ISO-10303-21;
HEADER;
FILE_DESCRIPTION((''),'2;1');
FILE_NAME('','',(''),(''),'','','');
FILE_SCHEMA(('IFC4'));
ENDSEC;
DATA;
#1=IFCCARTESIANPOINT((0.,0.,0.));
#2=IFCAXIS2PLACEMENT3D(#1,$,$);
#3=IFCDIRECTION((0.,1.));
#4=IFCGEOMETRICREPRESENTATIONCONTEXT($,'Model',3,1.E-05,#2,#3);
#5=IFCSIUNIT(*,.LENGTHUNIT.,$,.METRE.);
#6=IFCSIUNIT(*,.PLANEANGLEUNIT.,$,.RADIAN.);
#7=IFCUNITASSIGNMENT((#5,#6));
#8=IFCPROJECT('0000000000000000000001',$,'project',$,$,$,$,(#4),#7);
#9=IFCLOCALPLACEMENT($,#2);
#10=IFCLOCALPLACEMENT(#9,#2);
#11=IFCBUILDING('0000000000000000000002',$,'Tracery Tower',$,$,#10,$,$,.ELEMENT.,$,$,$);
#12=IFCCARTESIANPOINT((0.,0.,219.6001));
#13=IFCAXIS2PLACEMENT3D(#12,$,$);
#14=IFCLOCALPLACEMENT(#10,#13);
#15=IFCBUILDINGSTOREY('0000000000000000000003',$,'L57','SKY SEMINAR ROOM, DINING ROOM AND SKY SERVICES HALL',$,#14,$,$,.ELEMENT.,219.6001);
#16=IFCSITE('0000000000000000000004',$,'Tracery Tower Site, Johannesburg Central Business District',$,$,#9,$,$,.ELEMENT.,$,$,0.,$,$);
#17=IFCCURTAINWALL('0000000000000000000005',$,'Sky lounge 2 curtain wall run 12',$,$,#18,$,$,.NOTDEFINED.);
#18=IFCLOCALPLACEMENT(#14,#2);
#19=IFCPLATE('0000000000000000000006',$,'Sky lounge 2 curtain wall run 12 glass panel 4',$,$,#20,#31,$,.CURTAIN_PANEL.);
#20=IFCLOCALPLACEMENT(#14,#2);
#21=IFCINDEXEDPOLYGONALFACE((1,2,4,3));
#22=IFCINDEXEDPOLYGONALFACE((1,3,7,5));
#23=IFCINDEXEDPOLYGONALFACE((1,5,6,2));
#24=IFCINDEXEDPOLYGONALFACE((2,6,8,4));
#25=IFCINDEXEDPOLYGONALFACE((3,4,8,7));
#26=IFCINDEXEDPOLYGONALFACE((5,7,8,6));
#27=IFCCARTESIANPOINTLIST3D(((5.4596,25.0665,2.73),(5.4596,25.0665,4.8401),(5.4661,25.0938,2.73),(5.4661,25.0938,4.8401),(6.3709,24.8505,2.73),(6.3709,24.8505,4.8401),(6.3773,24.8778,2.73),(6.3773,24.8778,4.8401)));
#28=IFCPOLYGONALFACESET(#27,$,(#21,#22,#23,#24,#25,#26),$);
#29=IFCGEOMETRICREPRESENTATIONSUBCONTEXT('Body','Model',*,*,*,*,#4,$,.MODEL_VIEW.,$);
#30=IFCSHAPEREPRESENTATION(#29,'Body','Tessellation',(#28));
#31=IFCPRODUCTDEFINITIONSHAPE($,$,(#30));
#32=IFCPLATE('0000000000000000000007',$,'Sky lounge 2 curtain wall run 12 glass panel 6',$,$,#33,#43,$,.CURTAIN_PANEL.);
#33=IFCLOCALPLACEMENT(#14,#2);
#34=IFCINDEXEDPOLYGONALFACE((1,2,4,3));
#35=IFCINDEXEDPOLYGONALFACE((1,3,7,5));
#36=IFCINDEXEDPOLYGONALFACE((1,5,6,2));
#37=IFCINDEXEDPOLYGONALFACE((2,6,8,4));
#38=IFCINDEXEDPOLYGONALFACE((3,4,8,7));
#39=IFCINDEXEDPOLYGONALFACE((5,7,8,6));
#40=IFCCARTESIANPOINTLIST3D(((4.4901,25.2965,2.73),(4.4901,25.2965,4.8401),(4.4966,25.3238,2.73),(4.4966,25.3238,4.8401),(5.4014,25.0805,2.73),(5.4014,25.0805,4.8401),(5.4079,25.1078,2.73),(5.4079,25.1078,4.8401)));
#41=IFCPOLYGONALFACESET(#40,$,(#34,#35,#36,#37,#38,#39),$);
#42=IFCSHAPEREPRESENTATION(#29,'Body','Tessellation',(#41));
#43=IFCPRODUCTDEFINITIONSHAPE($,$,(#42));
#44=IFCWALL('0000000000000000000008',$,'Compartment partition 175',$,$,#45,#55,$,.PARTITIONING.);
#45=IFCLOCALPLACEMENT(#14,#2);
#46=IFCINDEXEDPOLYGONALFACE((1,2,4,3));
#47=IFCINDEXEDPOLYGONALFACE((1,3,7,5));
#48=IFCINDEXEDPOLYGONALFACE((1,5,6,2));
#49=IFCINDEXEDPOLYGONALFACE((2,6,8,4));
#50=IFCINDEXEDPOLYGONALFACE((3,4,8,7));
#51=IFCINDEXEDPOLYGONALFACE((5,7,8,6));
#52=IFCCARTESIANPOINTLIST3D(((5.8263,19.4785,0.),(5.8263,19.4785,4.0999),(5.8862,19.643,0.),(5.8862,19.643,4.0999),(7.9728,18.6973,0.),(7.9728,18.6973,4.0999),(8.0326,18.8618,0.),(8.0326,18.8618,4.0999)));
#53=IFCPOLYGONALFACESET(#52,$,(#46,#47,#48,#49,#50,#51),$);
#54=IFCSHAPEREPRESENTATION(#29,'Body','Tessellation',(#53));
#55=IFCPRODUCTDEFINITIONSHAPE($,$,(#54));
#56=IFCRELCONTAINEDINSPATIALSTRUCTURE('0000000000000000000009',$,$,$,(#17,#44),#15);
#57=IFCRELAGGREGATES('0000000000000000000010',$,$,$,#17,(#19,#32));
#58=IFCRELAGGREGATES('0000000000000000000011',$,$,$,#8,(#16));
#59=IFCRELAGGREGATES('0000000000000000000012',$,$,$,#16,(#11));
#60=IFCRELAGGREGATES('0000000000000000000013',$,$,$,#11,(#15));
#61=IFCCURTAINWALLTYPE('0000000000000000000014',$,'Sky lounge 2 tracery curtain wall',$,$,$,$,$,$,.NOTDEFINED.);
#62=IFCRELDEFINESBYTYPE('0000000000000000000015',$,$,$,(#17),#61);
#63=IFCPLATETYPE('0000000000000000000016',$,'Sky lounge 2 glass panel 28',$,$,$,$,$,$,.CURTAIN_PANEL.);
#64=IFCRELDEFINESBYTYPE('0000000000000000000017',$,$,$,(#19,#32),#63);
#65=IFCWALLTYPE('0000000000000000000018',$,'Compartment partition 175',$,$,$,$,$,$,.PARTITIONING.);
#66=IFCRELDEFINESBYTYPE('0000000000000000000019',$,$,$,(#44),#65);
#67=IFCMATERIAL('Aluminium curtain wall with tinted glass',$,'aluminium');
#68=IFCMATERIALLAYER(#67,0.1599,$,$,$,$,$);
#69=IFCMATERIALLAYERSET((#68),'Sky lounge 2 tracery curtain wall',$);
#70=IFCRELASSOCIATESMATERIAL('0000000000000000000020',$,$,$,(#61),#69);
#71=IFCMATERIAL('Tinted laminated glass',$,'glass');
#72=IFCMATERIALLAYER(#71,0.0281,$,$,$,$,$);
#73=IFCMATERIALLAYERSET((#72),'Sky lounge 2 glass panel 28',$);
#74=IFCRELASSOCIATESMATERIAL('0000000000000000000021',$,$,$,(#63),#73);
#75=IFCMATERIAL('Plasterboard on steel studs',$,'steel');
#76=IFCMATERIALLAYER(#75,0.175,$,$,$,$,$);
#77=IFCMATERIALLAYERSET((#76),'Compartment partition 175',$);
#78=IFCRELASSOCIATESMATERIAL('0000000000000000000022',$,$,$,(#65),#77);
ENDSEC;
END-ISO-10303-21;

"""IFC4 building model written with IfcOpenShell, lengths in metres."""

from ifc_helpers import new_model, si_unit, direction, frame, frame_2d, origin, origin_2d, place, context, subcontext, project, spatial, rectangle, extrude, material, layer, layer_set, type_object, element, aggregate, save


model = new_model("IFC4")

# Units and contexts
model_context = context("Model", 3, precision=1e-05, world=origin(), true_north=direction((0.0, 1.0)))
body_context = subcontext(model_context, "Body", "Model", "MODEL_VIEW")
ifc_project = project(units=[si_unit("LENGTHUNIT", "METRE"), si_unit("PLANEANGLEUNIT", "RADIAN")], contexts=[model_context])

# Site, building, storey
site_placement = place(None, origin())
site = spatial("IfcSite", under=ifc_project, at=site_placement, Name="Tracery Tower Site, Johannesburg Central Business District", CompositionType="ELEMENT", RefElevation=0.0)
building_placement = place(site_placement, origin())
building = spatial("IfcBuilding", under=site, at=building_placement, Name="Tracery Tower", CompositionType="ELEMENT")
storey_placement = place(building_placement, frame((0.0, 0.0, 219.6001)))
storey = spatial("IfcBuildingStorey", under=building, at=storey_placement, Name="L57", Description="SKY SEMINAR ROOM, DINING ROOM AND SKY SERVICES HALL", CompositionType="ELEMENT", Elevation=219.6001)

# Curtain wall
ifc_material_1 = material(Name="Aluminium curtain wall with tinted glass", Category="aluminium")
ifc_layer_1 = layer(ifc_material_1, 0.1599)
ifc_layer_set_1 = layer_set([ifc_layer_1], Name="Sky lounge 2 tracery curtain wall")
curtain_wall_type = type_object("IfcCurtainWallType", Name="Sky lounge 2 tracery curtain wall", PredefinedType="NOTDEFINED", material=ifc_layer_set_1)
curtain_wall_1_placement = place(storey_placement, origin())
curtain_wall_1 = element("IfcCurtainWall", 1, at=curtain_wall_1_placement, inside=storey, type_object=curtain_wall_type, Name="Sky lounge 2 curtain wall run 12", PredefinedType="NOTDEFINED")

# Plates
ifc_material_2 = material(Name="Tinted laminated glass", Category="glass")
ifc_layer_2 = layer(ifc_material_2, 0.0281)
ifc_layer_set_2 = layer_set([ifc_layer_2], Name="Sky lounge 2 glass panel 28")
plate_type = type_object("IfcPlateType", Name="Sky lounge 2 glass panel 28", PredefinedType="CURTAIN_PANEL", material=ifc_layer_set_2)
plate_1_placement = place(storey_placement, frame((5.9185, 24.9722, 2.73), z_axis=(0.0, 0.0, 1.0), x_axis=(-0.973045, 0.230616, 0.0)))
plate_1 = element("IfcPlate", 2, at=plate_1_placement, type_object=plate_type, Name="Sky lounge 2 curtain wall run 12 glass panel 4", PredefinedType="CURTAIN_PANEL", context=body_context, shape_type="SweptSolid", body=[
    extrude(rectangle(XDim=0.9365, YDim=0.0281, at=origin_2d()), origin(), (0.0, 0.0, 1.0), 2.1101),
])
plate_2_placement = place(storey_placement, frame((4.949, 25.2021, 2.73), z_axis=(0.0, 0.0, 1.0), x_axis=(-0.973045, 0.230616, 0.0)))
plate_2 = element("IfcPlate", 3, at=plate_2_placement, type_object=plate_type, Name="Sky lounge 2 curtain wall run 12 glass panel 6", PredefinedType="CURTAIN_PANEL", context=body_context, shape_type="SweptSolid", body=[
    extrude(rectangle(XDim=0.9365, YDim=0.0281, at=origin_2d()), origin(), (0.0, 0.0, 1.0), 2.1101),
])
aggregate(curtain_wall_1, [plate_1, plate_2])

# Wall
ifc_material_3 = material(Name="Plasterboard on steel studs", Category="steel")
ifc_layer_3 = layer(ifc_material_3, 0.175)
ifc_layer_set_3 = layer_set([ifc_layer_3], Name="Compartment partition 175")
wall_type = type_object("IfcWallType", Name="Compartment partition 175", PredefinedType="PARTITIONING", material=ifc_layer_set_3)
wall_1_placement = place(storey_placement, frame((8.0027, 18.7795, 0.0), z_axis=(0.0, 0.0, 1.0), x_axis=(-0.939694, 0.342018, 0.0)))
element("IfcWall", 4, at=wall_1_placement, inside=storey, type_object=wall_type, Name="Compartment partition 175", PredefinedType="PARTITIONING", context=body_context, shape_type="SweptSolid", body=[
    extrude(rectangle(XDim=2.2842, YDim=0.175, at=frame_2d((1.1421, 0.0))), origin(), (0.0, 0.0, 1.0), 4.0999),
])

save(model, "model.ifc")
